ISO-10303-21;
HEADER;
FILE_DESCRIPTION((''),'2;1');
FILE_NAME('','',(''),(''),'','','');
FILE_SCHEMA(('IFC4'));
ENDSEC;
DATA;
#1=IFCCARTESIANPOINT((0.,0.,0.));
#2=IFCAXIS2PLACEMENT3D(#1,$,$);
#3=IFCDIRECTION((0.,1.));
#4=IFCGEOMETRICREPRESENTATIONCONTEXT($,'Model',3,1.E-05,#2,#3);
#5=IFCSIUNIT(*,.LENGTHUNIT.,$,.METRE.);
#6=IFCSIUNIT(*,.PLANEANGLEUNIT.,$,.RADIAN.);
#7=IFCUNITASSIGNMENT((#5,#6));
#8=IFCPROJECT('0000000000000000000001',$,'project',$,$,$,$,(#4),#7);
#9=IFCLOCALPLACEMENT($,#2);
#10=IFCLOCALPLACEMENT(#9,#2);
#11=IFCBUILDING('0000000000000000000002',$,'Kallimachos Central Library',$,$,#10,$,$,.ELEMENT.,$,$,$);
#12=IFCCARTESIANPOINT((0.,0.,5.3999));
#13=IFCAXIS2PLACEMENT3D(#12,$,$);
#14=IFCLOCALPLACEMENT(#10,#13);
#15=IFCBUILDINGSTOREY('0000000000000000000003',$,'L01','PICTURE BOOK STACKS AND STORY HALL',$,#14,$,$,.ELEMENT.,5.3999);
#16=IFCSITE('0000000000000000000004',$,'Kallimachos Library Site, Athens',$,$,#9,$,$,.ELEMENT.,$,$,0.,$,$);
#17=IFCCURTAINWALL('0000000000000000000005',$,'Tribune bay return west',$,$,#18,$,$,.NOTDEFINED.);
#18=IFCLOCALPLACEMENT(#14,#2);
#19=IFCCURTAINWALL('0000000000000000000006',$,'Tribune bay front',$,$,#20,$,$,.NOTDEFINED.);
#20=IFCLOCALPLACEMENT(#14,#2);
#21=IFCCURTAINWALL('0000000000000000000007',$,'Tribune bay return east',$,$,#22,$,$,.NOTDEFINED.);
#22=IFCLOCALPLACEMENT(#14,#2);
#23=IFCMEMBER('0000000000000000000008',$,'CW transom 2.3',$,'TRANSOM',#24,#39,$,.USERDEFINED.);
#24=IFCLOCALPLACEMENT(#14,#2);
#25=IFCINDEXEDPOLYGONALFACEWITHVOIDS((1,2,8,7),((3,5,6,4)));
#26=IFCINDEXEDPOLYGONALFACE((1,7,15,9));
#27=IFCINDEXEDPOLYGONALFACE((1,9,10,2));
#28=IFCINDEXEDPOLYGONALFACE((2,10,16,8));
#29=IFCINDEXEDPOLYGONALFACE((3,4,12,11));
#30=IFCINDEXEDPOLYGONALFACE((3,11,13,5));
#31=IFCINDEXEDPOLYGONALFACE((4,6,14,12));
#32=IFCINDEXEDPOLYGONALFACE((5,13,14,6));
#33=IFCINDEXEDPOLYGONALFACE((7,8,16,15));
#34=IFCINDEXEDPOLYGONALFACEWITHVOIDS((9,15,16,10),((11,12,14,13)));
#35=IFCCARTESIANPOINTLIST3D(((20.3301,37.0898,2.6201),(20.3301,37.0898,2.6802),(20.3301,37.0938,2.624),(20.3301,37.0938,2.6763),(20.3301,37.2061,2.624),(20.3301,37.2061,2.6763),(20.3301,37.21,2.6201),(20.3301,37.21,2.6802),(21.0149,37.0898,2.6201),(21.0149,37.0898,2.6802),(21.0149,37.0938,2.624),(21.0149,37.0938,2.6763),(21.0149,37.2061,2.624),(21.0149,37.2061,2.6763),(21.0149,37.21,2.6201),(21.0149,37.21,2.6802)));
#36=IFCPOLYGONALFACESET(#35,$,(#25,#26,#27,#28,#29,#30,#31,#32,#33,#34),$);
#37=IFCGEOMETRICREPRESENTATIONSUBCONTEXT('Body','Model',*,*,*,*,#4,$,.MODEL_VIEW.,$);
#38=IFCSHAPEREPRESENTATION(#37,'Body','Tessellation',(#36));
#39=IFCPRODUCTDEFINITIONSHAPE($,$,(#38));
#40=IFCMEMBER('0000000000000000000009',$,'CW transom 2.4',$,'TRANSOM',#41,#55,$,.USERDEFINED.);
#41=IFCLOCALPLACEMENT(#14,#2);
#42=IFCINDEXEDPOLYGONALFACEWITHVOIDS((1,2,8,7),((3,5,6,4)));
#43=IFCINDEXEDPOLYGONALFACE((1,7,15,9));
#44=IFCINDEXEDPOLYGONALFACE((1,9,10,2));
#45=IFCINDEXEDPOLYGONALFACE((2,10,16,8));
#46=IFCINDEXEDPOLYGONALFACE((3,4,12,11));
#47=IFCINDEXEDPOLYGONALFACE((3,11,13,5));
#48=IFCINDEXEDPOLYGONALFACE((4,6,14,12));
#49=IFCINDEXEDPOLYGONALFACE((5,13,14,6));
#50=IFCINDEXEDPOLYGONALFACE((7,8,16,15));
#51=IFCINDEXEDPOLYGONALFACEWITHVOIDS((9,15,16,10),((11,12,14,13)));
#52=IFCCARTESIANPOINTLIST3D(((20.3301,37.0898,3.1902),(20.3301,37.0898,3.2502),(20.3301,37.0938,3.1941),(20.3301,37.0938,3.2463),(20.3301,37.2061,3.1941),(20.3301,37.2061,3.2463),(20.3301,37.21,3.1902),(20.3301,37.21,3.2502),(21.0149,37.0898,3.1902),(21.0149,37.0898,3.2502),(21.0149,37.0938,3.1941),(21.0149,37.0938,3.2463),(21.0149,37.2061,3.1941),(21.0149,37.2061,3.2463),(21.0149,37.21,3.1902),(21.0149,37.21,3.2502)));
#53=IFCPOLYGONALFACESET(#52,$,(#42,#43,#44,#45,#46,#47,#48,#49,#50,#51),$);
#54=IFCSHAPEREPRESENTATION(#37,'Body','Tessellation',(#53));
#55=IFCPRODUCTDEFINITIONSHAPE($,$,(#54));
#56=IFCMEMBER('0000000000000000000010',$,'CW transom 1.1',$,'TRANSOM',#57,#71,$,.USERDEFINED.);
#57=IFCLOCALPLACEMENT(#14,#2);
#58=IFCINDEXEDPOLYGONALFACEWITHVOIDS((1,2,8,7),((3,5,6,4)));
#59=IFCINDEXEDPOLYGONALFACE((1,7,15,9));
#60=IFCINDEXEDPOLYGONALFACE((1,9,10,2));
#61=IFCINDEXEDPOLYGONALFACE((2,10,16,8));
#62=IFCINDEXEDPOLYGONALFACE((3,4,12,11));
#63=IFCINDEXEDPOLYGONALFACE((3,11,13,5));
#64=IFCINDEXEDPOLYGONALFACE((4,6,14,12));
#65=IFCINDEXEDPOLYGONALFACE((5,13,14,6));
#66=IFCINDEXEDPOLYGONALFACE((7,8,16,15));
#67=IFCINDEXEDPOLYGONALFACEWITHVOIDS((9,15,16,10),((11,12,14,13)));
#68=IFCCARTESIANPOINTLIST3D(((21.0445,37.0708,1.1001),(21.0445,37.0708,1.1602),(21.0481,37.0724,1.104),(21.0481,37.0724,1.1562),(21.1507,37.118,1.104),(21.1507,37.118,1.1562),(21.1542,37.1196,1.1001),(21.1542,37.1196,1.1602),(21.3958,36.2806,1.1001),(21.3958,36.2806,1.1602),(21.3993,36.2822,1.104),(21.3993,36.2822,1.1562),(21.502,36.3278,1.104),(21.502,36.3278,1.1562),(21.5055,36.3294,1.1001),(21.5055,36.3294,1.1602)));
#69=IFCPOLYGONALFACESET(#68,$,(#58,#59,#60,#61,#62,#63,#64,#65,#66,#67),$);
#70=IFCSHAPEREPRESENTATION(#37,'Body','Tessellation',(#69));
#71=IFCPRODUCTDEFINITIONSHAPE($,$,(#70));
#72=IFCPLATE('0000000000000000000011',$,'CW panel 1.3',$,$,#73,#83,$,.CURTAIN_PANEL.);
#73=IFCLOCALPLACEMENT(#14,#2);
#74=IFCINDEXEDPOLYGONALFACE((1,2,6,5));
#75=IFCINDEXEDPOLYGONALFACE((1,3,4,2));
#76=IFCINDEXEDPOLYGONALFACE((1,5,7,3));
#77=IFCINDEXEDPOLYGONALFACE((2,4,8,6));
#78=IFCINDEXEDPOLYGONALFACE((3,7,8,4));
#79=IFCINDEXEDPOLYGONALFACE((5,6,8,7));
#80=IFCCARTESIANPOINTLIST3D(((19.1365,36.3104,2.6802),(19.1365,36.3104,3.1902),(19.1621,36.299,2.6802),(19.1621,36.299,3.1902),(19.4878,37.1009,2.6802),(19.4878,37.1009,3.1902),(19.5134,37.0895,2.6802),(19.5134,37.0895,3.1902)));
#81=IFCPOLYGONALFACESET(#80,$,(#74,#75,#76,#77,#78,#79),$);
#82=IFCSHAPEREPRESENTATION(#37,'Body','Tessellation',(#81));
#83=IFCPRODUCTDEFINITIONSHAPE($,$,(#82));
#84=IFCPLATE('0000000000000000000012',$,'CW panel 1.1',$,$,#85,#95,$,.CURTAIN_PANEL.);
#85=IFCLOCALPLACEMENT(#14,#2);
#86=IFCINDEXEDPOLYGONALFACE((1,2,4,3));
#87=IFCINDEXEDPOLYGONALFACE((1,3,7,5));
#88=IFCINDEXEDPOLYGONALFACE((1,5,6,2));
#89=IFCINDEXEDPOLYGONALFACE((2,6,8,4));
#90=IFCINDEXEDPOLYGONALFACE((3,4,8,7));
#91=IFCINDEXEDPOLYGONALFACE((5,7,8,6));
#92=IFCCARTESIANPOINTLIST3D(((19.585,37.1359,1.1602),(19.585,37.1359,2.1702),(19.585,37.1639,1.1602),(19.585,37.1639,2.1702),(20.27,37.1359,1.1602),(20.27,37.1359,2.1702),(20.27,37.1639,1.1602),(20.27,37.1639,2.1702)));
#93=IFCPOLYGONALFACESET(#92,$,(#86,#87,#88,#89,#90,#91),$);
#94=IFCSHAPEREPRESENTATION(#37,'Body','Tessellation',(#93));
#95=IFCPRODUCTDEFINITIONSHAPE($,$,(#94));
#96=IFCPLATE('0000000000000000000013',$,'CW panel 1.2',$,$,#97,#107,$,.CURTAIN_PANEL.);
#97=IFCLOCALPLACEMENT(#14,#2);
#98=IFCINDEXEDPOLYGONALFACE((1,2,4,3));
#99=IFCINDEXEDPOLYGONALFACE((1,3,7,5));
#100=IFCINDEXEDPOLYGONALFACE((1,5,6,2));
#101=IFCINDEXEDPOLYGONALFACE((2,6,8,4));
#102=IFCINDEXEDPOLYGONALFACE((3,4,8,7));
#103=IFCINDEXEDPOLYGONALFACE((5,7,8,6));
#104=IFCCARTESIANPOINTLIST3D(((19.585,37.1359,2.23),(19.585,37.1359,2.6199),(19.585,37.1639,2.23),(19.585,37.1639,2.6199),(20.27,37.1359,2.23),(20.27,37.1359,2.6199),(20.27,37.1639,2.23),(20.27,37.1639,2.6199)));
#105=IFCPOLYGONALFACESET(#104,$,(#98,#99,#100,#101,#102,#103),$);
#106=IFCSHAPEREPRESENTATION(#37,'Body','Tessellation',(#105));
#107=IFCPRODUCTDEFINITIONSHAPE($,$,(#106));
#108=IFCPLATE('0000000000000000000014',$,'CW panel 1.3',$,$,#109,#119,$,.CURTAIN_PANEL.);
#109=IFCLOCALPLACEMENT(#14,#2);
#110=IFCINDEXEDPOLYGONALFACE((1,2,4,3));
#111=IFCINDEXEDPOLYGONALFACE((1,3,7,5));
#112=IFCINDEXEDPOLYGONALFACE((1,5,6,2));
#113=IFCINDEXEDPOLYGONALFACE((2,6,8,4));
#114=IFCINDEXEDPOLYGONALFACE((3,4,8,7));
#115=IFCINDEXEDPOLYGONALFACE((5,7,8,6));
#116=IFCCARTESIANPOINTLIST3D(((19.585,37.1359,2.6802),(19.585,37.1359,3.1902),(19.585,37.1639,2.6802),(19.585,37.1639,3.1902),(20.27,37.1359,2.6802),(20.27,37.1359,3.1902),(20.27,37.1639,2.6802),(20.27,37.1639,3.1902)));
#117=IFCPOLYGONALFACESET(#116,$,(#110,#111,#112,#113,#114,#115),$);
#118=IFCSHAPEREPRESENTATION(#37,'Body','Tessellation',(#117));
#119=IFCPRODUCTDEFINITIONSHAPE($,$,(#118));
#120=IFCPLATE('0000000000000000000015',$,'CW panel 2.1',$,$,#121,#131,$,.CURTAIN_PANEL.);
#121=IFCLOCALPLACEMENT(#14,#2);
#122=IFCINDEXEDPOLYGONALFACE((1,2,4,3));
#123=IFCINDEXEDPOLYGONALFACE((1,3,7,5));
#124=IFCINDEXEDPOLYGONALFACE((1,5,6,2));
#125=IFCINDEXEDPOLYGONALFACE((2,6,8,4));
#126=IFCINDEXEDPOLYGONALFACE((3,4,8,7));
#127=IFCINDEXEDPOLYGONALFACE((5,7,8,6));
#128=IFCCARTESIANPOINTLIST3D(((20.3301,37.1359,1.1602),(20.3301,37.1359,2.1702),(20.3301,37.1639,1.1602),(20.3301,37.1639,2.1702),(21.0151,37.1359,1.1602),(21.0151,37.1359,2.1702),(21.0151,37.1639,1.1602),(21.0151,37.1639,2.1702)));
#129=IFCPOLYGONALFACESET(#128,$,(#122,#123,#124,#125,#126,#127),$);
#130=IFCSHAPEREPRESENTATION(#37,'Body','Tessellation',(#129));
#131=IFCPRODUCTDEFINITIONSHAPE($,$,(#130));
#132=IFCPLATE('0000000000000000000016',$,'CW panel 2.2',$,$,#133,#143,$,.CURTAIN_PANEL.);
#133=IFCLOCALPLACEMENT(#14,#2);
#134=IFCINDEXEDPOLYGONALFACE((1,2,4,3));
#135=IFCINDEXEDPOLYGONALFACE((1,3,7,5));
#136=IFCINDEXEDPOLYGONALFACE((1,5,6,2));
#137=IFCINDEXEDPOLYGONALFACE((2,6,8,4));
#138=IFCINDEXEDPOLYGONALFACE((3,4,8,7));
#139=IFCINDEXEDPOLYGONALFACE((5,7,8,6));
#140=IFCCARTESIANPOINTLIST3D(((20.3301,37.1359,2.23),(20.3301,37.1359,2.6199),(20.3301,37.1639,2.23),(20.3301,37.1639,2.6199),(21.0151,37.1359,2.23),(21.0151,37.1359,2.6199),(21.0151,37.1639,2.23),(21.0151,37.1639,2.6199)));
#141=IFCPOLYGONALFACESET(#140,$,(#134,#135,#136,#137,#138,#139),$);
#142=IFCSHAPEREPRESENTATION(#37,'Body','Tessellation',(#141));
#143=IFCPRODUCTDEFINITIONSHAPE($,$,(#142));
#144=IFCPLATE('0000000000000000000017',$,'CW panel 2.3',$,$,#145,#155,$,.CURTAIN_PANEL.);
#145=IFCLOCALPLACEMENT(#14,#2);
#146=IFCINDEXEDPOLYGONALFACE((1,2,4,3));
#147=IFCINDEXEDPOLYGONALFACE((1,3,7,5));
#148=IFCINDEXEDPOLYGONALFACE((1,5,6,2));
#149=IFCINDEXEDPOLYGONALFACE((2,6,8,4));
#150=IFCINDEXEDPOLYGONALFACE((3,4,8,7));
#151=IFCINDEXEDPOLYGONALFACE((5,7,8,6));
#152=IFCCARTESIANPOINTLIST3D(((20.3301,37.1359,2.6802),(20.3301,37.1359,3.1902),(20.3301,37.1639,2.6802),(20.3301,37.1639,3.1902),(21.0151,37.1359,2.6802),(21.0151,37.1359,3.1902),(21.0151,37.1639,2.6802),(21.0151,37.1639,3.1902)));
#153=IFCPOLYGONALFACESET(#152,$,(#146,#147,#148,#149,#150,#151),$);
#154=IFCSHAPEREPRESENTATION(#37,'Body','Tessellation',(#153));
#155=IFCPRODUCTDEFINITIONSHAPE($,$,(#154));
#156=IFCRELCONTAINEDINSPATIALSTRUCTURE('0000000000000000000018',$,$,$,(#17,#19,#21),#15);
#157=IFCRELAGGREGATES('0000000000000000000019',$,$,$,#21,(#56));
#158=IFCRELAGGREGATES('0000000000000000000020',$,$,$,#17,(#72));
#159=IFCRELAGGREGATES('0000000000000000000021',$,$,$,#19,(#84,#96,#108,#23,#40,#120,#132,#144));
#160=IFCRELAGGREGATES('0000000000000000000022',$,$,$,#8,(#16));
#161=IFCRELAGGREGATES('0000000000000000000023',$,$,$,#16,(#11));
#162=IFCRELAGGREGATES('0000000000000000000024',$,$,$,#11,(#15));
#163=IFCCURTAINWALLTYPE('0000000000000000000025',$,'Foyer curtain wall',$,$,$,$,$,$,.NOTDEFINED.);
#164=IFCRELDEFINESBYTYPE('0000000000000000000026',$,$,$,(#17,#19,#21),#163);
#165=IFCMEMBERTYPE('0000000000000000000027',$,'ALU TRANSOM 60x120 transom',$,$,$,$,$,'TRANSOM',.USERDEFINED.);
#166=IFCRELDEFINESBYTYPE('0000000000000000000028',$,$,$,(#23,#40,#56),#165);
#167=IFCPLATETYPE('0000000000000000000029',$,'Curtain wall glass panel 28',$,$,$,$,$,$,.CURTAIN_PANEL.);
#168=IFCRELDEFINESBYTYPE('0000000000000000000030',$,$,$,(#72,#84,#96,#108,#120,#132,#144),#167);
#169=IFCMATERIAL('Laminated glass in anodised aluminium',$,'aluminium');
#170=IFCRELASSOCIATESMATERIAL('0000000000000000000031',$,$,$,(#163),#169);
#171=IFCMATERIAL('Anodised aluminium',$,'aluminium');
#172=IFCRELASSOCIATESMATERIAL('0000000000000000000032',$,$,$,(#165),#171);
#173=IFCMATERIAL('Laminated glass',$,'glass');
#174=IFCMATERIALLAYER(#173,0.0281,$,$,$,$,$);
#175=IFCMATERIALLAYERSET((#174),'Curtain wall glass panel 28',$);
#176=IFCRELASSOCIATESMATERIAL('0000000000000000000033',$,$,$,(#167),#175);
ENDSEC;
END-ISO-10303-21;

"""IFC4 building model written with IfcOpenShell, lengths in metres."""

from ifc_helpers import new_model, si_unit, direction, frame, origin, origin_2d, place, context, subcontext, project, spatial, rectangle, hollow_rectangle, extrude, material, layer, layer_set, material_profile, profile_set, type_object, element, aggregate, save


model = new_model("IFC4")

# Units and contexts
model_context = context("Model", 3, precision=1e-05, world=origin(), true_north=direction((0.0, 1.0)))
body_context = subcontext(model_context, "Body", "Model", "MODEL_VIEW")
ifc_project = project(units=[si_unit("LENGTHUNIT", "METRE"), si_unit("PLANEANGLEUNIT", "RADIAN")], contexts=[model_context])

# Site, building, storey
site_placement = place(None, origin())
site = spatial("IfcSite", under=ifc_project, at=site_placement, Name="Kallimachos Library Site, Athens", CompositionType="ELEMENT", RefElevation=0.0)
building_placement = place(site_placement, origin())
building = spatial("IfcBuilding", under=site, at=building_placement, Name="Kallimachos Central Library", CompositionType="ELEMENT")
storey_placement = place(building_placement, frame((0.0, 0.0, 5.3999)))
storey = spatial("IfcBuildingStorey", under=building, at=storey_placement, Name="L01", Description="PICTURE BOOK STACKS AND STORY HALL", CompositionType="ELEMENT", Elevation=5.3999)

# Curtain wall
ifc_material_1 = material(Name="Laminated glass in anodised aluminium", Category="aluminium")
curtain_wall_type = type_object("IfcCurtainWallType", Name="Foyer curtain wall", PredefinedType="NOTDEFINED", material=ifc_material_1)
curtain_wall_1_placement = place(storey_placement, origin())
curtain_wall_1 = element("IfcCurtainWall", 1, at=curtain_wall_1_placement, inside=storey, type_object=curtain_wall_type, Name="Tribune bay return west", PredefinedType="NOTDEFINED")

# Curtain wall
curtain_wall_2_placement = place(storey_placement, origin())
curtain_wall_2 = element("IfcCurtainWall", 2, at=curtain_wall_2_placement, inside=storey, type_object=curtain_wall_type, Name="Tribune bay front", PredefinedType="NOTDEFINED")

# Curtain wall
curtain_wall_3_placement = place(storey_placement, origin())
curtain_wall_3 = element("IfcCurtainWall", 3, at=curtain_wall_3_placement, inside=storey, type_object=curtain_wall_type, Name="Tribune bay return east", PredefinedType="NOTDEFINED")

# Members
ifc_material_2 = material(Name="Anodised aluminium", Category="aluminium")
ifc_material_profile_1 = material_profile(ifc_material_2, hollow_rectangle(XDim=0.0601, YDim=0.1201, WallThickness=0.0039, at=origin_2d()), Name="ALU TRANSOM 60x120")
ifc_profile_set_1 = profile_set([ifc_material_profile_1], Name="Anodised aluminium")
member_type_1 = type_object("IfcMemberType", Name="ALU TRANSOM 60x120 transom", ElementType="TRANSOM", PredefinedType="USERDEFINED", material=ifc_profile_set_1)
member_1_placement = place(storey_placement, frame((20.3301, 37.1499, 2.6501), z_axis=(1.0, 0.0, 0.0), x_axis=(0.0, 0.0, 1.0)))
member_1 = element("IfcMember", 4, at=member_1_placement, type_object=member_type_1, Name="CW transom 2.3", ObjectType="TRANSOM", PredefinedType="USERDEFINED", context=body_context, shape_type="SweptSolid", body=[
    extrude(hollow_rectangle(XDim=0.0601, YDim=0.1201, WallThickness=0.0039, at=origin_2d()), origin(), (0.0, 0.0, 1.0), 0.6848),
])
member_2_placement = place(storey_placement, frame((20.3301, 37.1499, 3.2202), z_axis=(1.0, 0.0, 0.0), x_axis=(0.0, 0.0, 1.0)))
member_2 = element("IfcMember", 5, at=member_2_placement, type_object=member_type_1, Name="CW transom 2.4", ObjectType="TRANSOM", PredefinedType="USERDEFINED", context=body_context, shape_type="SweptSolid", body=[
    extrude(hollow_rectangle(XDim=0.0601, YDim=0.1201, WallThickness=0.0039, at=origin_2d()), origin(), (0.0, 0.0, 1.0), 0.6848),
])
member_3_placement = place(storey_placement, frame((21.0994, 37.0952, 1.1301), z_axis=(0.406217, -0.913777, 0.0), x_axis=(0.0, 0.0, 1.0)))
member_3 = element("IfcMember", 6, at=member_3_placement, type_object=member_type_1, Name="CW transom 1.1", ObjectType="TRANSOM", PredefinedType="USERDEFINED", context=body_context, shape_type="SweptSolid", body=[
    extrude(hollow_rectangle(XDim=0.0601, YDim=0.1201, WallThickness=0.0039, at=origin_2d()), origin(), (0.0, 0.0, 1.0), 0.8647),
])
aggregate(curtain_wall_3, [member_3])

# Plates
ifc_material_3 = material(Name="Laminated glass", Category="glass")
ifc_layer = layer(ifc_material_3, 0.0281)
ifc_layer_set = layer_set([ifc_layer], Name="Curtain wall glass panel 28")
plate_type = type_object("IfcPlateType", Name="Curtain wall glass panel 28", PredefinedType="CURTAIN_PANEL", material=ifc_layer_set)
plate_1_placement = place(storey_placement, frame((19.325, 36.7, 2.6802), z_axis=(0.0, 0.0, 1.0), x_axis=(0.406138, 0.913812, 0.0)))
plate_1 = element("IfcPlate", 7, at=plate_1_placement, type_object=plate_type, Name="CW panel 1.3", PredefinedType="CURTAIN_PANEL", context=body_context, shape_type="SweptSolid", body=[
    extrude(rectangle(XDim=0.865, YDim=0.0281, at=origin_2d()), origin(), (0.0, 0.0, 1.0), 0.51),
])
aggregate(curtain_wall_1, [plate_1])
plate_2_placement = place(storey_placement, frame((19.9275, 37.1499, 1.1602), z_axis=(0.0, 0.0, 1.0), x_axis=(1.0, 0.0, 0.0)))
plate_2 = element("IfcPlate", 8, at=plate_2_placement, type_object=plate_type, Name="CW panel 1.1", PredefinedType="CURTAIN_PANEL", context=body_context, shape_type="SweptSolid", body=[
    extrude(rectangle(XDim=0.6851, YDim=0.0281, at=origin_2d()), origin(), (0.0, 0.0, 1.0), 1.01),
])
plate_3_placement = place(storey_placement, frame((19.9275, 37.1499, 2.23), z_axis=(0.0, 0.0, 1.0), x_axis=(1.0, 0.0, 0.0)))
plate_3 = element("IfcPlate", 9, at=plate_3_placement, type_object=plate_type, Name="CW panel 1.2", PredefinedType="CURTAIN_PANEL", context=body_context, shape_type="SweptSolid", body=[
    extrude(rectangle(XDim=0.6851, YDim=0.0281, at=origin_2d()), origin(), (0.0, 0.0, 1.0), 0.3899),
])
plate_4_placement = place(storey_placement, frame((19.9275, 37.1499, 2.6802), z_axis=(0.0, 0.0, 1.0), x_axis=(1.0, 0.0, 0.0)))
plate_4 = element("IfcPlate", 10, at=plate_4_placement, type_object=plate_type, Name="CW panel 1.3", PredefinedType="CURTAIN_PANEL", context=body_context, shape_type="SweptSolid", body=[
    extrude(rectangle(XDim=0.6851, YDim=0.0281, at=origin_2d()), origin(), (0.0, 0.0, 1.0), 0.51),
])
plate_5_placement = place(storey_placement, frame((20.6726, 37.1499, 1.1602), z_axis=(0.0, 0.0, 1.0), x_axis=(1.0, 0.0, 0.0)))
plate_5 = element("IfcPlate", 11, at=plate_5_placement, type_object=plate_type, Name="CW panel 2.1", PredefinedType="CURTAIN_PANEL", context=body_context, shape_type="SweptSolid", body=[
    extrude(rectangle(XDim=0.6851, YDim=0.0281, at=origin_2d()), origin(), (0.0, 0.0, 1.0), 1.01),
])
plate_6_placement = place(storey_placement, frame((20.6726, 37.1499, 2.23), z_axis=(0.0, 0.0, 1.0), x_axis=(1.0, 0.0, 0.0)))
plate_6 = element("IfcPlate", 12, at=plate_6_placement, type_object=plate_type, Name="CW panel 2.2", PredefinedType="CURTAIN_PANEL", context=body_context, shape_type="SweptSolid", body=[
    extrude(rectangle(XDim=0.6851, YDim=0.0281, at=origin_2d()), origin(), (0.0, 0.0, 1.0), 0.3899),
])
plate_7_placement = place(storey_placement, frame((20.6726, 37.1499, 2.6802), z_axis=(0.0, 0.0, 1.0), x_axis=(1.0, 0.0, 0.0)))
plate_7 = element("IfcPlate", 13, at=plate_7_placement, type_object=plate_type, Name="CW panel 2.3", PredefinedType="CURTAIN_PANEL", context=body_context, shape_type="SweptSolid", body=[
    extrude(rectangle(XDim=0.6851, YDim=0.0281, at=origin_2d()), origin(), (0.0, 0.0, 1.0), 0.51),
])
aggregate(curtain_wall_2, [plate_2, plate_3, plate_4, member_1, member_2, plate_5, plate_6, plate_7])

save(model, "model.ifc")
